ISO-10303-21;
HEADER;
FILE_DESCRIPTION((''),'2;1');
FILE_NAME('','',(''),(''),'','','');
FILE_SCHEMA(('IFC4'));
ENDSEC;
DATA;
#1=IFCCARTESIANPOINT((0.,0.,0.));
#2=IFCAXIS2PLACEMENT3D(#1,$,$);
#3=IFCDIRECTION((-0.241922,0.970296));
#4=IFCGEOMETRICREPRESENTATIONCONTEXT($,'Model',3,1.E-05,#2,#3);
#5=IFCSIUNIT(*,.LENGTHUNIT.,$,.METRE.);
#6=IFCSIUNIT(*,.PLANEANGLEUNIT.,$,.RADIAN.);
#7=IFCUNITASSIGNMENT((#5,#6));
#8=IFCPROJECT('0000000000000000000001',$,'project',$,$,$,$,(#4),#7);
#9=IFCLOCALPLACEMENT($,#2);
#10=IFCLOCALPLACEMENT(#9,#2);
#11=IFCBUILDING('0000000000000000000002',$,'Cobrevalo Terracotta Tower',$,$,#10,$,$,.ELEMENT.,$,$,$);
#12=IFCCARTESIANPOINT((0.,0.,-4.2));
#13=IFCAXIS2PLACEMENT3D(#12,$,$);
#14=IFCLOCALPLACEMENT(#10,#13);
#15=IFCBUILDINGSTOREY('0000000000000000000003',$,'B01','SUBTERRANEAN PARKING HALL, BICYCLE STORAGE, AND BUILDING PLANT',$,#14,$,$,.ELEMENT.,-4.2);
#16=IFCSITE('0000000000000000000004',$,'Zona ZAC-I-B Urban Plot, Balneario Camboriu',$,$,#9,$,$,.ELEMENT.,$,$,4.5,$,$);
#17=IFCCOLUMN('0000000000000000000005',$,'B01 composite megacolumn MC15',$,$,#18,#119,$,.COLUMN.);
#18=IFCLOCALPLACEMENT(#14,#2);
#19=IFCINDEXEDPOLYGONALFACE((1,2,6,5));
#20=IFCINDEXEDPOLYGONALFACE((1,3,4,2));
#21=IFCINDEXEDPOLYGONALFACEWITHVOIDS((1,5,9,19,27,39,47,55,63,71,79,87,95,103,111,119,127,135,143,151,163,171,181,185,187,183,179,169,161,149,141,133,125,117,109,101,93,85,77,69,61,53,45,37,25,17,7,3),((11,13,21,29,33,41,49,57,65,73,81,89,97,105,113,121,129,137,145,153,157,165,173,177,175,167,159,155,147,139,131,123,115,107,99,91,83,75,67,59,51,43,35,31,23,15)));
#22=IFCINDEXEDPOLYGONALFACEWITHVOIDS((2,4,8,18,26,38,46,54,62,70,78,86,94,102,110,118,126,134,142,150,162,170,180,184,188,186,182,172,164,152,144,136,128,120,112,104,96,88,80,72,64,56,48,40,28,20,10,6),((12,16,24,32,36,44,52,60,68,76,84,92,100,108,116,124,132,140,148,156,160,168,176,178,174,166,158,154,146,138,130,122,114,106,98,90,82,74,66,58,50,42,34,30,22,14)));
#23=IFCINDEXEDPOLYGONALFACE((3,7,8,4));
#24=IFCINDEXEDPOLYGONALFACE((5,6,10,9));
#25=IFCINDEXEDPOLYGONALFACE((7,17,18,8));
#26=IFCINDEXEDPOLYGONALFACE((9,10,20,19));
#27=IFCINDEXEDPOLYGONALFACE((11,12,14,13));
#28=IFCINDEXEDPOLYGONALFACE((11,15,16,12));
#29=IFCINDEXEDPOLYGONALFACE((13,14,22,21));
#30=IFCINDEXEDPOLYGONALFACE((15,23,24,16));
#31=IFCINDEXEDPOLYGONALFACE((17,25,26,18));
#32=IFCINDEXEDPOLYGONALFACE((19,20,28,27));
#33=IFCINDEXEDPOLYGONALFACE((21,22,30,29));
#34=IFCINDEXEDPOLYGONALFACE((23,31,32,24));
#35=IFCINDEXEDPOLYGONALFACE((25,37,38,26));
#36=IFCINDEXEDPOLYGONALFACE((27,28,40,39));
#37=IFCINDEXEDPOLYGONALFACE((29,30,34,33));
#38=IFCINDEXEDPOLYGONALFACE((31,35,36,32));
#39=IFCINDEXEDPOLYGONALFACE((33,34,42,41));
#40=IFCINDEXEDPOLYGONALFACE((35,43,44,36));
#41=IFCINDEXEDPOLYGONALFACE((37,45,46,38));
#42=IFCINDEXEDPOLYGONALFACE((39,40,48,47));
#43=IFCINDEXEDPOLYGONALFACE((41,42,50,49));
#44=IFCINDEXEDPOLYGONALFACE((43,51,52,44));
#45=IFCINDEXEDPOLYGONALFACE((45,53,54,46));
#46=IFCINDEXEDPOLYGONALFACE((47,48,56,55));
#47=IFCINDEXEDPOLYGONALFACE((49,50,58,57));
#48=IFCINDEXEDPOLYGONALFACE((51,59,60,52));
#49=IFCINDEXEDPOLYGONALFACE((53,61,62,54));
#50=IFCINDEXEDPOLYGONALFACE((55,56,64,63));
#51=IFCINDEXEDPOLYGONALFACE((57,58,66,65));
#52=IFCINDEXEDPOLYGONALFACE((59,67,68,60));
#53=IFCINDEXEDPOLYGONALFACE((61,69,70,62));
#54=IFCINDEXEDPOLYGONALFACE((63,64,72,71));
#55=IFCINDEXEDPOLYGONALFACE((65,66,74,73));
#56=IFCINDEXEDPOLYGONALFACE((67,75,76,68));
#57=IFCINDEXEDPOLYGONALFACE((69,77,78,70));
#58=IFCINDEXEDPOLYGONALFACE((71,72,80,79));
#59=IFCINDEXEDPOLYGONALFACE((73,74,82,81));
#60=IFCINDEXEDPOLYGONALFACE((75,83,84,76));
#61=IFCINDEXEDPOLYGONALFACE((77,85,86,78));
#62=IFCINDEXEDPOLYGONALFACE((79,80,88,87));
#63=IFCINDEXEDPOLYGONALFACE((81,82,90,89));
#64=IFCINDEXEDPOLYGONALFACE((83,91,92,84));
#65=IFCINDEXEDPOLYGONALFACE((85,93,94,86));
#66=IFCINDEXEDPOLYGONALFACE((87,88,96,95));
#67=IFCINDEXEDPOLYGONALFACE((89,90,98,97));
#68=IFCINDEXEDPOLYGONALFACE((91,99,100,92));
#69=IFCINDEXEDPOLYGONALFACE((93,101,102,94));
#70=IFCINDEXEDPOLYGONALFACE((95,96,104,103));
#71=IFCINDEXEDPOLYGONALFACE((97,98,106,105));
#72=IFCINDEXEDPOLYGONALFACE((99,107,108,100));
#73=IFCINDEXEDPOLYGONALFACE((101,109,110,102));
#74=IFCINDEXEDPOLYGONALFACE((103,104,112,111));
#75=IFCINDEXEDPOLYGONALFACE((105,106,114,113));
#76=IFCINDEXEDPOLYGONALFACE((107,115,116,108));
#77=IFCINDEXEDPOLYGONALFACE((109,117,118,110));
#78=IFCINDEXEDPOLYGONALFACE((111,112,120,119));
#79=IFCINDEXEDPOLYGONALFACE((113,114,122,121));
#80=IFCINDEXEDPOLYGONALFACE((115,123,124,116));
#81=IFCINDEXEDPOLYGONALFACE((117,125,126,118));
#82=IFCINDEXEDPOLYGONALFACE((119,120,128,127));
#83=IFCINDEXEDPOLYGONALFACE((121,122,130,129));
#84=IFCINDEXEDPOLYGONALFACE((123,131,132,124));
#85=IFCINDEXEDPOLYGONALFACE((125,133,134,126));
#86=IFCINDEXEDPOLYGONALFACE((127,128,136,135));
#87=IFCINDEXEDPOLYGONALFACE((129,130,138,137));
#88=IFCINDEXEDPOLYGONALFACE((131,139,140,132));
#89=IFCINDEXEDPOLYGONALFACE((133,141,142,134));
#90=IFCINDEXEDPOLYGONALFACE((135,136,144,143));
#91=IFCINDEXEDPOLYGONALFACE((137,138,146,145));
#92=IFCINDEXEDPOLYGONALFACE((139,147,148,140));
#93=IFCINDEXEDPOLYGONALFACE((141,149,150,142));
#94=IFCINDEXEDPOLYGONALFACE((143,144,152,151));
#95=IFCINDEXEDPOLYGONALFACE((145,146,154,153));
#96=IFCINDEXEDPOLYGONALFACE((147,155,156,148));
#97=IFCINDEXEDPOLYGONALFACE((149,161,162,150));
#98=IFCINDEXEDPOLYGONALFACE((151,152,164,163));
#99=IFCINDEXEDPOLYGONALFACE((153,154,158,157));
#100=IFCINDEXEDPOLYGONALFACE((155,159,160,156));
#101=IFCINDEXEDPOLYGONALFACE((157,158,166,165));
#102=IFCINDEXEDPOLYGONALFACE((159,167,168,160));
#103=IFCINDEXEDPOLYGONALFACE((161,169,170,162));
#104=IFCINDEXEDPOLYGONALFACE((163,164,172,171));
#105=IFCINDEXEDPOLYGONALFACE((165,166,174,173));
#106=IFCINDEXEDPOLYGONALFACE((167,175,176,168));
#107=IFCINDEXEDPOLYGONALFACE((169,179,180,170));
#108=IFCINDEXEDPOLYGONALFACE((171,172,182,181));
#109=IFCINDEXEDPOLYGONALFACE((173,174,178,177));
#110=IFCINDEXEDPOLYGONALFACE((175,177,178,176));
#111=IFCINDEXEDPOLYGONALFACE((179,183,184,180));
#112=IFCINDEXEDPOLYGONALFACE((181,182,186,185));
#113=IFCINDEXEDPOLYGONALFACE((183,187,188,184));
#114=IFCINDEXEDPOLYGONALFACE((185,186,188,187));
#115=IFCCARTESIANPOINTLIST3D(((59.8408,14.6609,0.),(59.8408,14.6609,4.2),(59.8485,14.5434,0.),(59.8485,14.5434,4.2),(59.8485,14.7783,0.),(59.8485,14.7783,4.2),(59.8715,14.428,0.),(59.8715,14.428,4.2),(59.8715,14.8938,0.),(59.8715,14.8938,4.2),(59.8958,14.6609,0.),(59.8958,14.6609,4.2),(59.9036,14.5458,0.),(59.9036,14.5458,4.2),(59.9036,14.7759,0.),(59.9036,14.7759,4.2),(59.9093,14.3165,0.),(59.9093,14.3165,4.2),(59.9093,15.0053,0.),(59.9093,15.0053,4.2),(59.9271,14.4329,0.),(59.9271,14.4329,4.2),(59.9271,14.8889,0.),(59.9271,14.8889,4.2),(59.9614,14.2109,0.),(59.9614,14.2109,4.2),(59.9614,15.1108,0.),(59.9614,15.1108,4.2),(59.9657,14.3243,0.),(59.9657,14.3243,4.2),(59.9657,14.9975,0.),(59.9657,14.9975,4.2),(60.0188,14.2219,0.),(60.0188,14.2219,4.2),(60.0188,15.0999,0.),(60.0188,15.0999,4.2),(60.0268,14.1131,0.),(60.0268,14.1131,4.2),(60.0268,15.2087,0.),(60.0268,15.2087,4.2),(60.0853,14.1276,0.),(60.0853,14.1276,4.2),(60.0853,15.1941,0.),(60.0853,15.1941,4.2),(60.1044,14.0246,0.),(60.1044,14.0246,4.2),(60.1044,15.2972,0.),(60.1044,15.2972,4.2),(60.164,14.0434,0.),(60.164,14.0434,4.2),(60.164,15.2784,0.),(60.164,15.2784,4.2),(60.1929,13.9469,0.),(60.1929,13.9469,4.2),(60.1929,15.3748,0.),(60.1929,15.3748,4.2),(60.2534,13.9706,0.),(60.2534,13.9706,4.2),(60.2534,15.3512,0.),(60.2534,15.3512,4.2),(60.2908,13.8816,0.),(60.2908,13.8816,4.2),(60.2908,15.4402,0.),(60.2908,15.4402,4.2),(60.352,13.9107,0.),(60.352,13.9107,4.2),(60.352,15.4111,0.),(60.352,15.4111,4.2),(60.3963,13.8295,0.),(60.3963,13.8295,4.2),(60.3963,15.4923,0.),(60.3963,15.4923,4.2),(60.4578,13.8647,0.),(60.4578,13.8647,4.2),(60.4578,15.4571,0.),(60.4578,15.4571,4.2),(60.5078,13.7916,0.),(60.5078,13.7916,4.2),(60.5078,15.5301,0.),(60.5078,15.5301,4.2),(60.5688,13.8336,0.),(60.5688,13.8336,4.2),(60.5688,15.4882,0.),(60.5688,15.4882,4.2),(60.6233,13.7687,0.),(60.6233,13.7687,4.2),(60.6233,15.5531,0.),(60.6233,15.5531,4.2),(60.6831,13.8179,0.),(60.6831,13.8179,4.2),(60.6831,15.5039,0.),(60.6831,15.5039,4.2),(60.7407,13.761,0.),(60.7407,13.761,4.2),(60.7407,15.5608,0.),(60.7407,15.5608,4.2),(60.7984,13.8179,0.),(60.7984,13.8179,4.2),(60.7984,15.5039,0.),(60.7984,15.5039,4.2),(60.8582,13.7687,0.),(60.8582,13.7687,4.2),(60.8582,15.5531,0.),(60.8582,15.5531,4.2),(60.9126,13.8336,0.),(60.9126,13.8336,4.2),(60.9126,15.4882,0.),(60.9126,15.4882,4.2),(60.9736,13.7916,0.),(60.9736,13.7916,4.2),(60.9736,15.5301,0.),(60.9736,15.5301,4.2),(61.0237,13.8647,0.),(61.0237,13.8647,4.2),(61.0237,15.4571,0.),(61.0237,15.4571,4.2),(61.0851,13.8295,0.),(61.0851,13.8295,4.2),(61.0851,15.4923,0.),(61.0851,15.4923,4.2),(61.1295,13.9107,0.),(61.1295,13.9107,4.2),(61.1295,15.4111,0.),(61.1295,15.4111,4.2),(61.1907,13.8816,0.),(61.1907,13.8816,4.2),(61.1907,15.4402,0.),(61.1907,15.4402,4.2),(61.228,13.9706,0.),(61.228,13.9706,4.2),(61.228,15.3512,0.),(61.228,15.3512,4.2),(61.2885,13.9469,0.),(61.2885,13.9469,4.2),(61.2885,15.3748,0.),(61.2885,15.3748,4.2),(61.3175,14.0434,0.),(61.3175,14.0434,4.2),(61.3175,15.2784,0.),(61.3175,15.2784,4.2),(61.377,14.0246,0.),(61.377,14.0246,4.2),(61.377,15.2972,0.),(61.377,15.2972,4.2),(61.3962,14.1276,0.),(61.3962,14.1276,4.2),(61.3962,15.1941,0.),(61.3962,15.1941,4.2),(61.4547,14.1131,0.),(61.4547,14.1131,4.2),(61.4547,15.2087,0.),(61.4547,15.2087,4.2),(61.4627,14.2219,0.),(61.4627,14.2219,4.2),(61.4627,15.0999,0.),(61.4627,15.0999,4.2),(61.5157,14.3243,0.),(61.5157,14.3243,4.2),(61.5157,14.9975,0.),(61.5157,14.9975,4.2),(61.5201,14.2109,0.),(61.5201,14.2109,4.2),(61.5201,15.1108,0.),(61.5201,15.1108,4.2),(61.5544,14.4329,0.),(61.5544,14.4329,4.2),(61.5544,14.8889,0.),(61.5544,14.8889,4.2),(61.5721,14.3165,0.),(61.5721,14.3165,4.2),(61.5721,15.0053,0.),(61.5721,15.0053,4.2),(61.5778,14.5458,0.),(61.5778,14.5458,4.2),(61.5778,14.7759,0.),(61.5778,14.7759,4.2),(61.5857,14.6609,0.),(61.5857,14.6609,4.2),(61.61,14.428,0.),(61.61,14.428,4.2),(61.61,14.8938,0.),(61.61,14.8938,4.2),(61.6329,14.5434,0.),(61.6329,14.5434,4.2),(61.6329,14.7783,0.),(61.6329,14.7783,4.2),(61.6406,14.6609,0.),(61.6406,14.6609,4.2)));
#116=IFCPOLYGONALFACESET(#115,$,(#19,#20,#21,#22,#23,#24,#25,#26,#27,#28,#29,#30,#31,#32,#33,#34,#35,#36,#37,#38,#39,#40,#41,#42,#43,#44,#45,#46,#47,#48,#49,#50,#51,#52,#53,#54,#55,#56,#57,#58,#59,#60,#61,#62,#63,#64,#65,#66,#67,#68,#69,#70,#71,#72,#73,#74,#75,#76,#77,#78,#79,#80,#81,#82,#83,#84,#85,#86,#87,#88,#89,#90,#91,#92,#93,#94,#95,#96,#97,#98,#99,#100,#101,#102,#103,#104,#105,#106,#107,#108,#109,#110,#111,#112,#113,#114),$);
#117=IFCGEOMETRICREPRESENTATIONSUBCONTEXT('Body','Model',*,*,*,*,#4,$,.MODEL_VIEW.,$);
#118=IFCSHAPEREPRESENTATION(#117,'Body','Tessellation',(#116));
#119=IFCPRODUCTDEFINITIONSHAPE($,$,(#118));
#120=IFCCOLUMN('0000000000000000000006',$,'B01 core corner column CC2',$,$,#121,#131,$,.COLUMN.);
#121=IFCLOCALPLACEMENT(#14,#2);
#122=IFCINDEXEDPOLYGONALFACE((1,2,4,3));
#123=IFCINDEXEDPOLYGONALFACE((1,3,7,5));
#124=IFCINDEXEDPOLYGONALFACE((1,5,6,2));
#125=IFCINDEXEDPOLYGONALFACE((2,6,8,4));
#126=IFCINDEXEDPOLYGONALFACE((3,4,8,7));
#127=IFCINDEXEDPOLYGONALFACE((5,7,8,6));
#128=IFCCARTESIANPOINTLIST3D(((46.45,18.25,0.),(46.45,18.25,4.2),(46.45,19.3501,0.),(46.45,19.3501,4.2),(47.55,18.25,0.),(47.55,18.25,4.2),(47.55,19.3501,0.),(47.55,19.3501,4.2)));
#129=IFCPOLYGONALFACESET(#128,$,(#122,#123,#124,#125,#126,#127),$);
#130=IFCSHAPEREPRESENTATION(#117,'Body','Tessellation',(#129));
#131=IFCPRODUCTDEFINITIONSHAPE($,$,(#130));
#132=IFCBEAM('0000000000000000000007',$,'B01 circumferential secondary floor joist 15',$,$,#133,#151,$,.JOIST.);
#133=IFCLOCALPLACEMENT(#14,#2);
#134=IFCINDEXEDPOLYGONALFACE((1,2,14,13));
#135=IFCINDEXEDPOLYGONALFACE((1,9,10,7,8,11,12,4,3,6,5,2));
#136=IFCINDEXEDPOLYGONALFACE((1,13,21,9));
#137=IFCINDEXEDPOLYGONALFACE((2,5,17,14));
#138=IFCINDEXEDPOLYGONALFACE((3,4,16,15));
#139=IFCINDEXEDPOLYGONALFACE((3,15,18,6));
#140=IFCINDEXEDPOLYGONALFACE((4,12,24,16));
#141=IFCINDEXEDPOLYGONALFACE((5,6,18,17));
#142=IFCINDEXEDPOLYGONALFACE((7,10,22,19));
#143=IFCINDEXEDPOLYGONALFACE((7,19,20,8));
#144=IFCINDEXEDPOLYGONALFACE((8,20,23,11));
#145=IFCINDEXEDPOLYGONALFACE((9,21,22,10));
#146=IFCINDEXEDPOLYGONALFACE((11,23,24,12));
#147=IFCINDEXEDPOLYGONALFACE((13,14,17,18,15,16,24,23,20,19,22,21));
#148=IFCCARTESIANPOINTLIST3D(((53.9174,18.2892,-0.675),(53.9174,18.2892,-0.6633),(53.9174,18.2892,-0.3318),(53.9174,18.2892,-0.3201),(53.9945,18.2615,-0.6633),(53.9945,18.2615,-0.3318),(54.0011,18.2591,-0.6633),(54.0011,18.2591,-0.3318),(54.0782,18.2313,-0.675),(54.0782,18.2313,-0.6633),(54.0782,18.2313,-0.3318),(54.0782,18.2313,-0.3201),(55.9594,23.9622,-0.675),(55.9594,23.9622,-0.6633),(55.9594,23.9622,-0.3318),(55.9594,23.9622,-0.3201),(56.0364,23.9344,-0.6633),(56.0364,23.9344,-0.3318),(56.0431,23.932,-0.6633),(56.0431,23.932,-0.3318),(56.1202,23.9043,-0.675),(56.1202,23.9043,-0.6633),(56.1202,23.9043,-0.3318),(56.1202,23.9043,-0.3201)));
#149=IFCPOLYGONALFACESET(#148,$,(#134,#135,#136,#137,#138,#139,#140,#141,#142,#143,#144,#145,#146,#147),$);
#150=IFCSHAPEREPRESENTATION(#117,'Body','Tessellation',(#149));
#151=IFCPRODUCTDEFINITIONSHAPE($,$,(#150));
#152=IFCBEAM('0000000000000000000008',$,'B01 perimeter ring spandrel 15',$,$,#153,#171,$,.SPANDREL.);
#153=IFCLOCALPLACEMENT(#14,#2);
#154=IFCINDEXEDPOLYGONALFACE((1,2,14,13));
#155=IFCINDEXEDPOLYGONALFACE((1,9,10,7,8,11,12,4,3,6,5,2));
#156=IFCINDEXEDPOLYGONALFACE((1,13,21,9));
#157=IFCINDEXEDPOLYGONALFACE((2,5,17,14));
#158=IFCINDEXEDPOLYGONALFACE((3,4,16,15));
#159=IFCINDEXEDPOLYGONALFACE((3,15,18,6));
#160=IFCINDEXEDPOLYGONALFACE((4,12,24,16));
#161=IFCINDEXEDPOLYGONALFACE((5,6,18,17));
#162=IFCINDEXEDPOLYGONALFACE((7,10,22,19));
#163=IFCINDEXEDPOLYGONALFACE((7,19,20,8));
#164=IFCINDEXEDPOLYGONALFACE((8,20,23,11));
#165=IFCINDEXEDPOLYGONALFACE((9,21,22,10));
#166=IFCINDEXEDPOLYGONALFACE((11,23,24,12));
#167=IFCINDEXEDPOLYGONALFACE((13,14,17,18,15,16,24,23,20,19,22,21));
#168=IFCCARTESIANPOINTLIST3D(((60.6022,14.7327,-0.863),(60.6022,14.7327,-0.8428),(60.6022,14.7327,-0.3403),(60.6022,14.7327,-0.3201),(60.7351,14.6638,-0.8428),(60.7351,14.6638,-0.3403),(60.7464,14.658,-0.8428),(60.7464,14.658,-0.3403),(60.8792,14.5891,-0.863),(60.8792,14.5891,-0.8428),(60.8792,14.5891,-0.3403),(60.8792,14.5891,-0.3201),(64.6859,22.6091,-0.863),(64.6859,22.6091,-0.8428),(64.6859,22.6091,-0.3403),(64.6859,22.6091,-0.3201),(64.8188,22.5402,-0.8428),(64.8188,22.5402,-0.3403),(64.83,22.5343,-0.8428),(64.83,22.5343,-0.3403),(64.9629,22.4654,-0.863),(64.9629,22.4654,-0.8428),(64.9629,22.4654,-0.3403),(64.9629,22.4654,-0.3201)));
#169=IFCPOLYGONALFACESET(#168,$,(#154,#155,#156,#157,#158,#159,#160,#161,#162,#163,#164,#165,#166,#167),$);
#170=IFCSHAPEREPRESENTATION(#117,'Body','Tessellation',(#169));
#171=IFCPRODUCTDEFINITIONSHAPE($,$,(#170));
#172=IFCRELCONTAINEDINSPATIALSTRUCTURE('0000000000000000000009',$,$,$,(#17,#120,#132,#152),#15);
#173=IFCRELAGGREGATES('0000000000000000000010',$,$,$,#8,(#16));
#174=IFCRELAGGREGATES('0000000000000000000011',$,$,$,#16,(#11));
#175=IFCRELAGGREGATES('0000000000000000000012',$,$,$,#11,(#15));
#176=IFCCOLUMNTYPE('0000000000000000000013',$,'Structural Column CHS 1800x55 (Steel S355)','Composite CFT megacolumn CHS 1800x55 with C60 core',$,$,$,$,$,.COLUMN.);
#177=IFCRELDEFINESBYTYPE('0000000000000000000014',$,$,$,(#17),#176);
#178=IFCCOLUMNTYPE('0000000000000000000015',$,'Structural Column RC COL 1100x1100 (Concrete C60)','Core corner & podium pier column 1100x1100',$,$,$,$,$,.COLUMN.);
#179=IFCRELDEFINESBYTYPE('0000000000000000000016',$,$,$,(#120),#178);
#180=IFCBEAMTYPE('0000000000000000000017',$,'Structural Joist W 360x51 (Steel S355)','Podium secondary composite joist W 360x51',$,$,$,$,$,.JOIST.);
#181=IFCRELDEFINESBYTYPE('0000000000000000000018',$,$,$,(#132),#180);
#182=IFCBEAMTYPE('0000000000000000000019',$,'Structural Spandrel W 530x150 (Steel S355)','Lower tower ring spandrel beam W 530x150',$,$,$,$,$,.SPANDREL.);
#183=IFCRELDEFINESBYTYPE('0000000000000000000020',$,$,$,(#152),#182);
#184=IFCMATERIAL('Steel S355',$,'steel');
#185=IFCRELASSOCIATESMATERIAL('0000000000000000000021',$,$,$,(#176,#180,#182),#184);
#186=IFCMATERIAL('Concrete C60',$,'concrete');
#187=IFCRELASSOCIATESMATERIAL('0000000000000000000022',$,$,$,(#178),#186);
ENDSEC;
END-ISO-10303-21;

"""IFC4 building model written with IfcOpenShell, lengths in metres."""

from ifc_helpers import new_model, si_unit, direction, frame, origin, origin_2d, place, context, subcontext, project, spatial, rectangle, hollow_circle, i_section, extrude, material, material_profile, profile_set, type_object, element, save


model = new_model("IFC4")

# Units and contexts
model_context = context("Model", 3, precision=1e-05, world=origin(), true_north=direction((-0.241922, 0.970296)))
body_context = subcontext(model_context, "Body", "Model", "MODEL_VIEW")
ifc_project = project(units=[si_unit("LENGTHUNIT", "METRE"), si_unit("PLANEANGLEUNIT", "RADIAN")], contexts=[model_context])

# Site, building, storey
site_placement = place(None, origin())
site = spatial("IfcSite", under=ifc_project, at=site_placement, Name="Zona ZAC-I-B Urban Plot, Balneario Camboriu", CompositionType="ELEMENT", RefElevation=4.5)
building_placement = place(site_placement, origin())
building = spatial("IfcBuilding", under=site, at=building_placement, Name="Cobrevalo Terracotta Tower", CompositionType="ELEMENT")
storey_placement = place(building_placement, frame((0.0, 0.0, -4.2)))
storey = spatial("IfcBuildingStorey", under=building, at=storey_placement, Name="B01", Description="SUBTERRANEAN PARKING HALL, BICYCLE STORAGE, AND BUILDING PLANT", CompositionType="ELEMENT", Elevation=-4.2)

# Columns
ifc_material_1 = material(Name="Steel S355", Category="steel")
ifc_material_profile_1 = material_profile(ifc_material_1, hollow_circle(Radius=0.8999, WallThickness=0.0549, at=origin_2d()), Name="CHS 1800x55")
ifc_profile_set_1 = profile_set([ifc_material_profile_1], Name="Steel S355")
column_type_1 = type_object("IfcColumnType", Name="Structural Column CHS 1800x55 (Steel S355)", Description="Composite CFT megacolumn CHS 1800x55 with C60 core", PredefinedType="COLUMN", material=ifc_profile_set_1)
column_1_placement = place(storey_placement, frame((60.7407, 14.6609, 0.0), z_axis=(0.0, 0.0, 1.0), x_axis=(1.0, 0.0, 0.0)))
element("IfcColumn", 1, at=column_1_placement, inside=storey, type_object=column_type_1, Name="B01 composite megacolumn MC15", PredefinedType="COLUMN", context=body_context, shape_type="SweptSolid", body=[
    extrude(hollow_circle(Radius=0.8999, WallThickness=0.0549, at=origin_2d()), origin(), (0.0, 0.0, 1.0), 4.2),
])
ifc_material_2 = material(Name="Concrete C60", Category="concrete")
ifc_material_profile_2 = material_profile(ifc_material_2, rectangle(XDim=1.1001, YDim=1.1001, at=origin_2d()), Name="RC COL 1100x1100")
ifc_profile_set_2 = profile_set([ifc_material_profile_2], Name="Concrete C60")
column_type_2 = type_object("IfcColumnType", Name="Structural Column RC COL 1100x1100 (Concrete C60)", Description="Core corner & podium pier column 1100x1100", PredefinedType="COLUMN", material=ifc_profile_set_2)
column_2_placement = place(storey_placement, frame((47.0, 18.8, 0.0), z_axis=(0.0, 0.0, 1.0), x_axis=(1.0, 0.0, 0.0)))
element("IfcColumn", 2, at=column_2_placement, inside=storey, type_object=column_type_2, Name="B01 core corner column CC2", PredefinedType="COLUMN", context=body_context, shape_type="SweptSolid", body=[
    extrude(rectangle(XDim=1.1001, YDim=1.1001, at=origin_2d()), origin(), (0.0, 0.0, 1.0), 4.2),
])

# Beams
ifc_material_profile_3 = material_profile(ifc_material_1, i_section(OverallWidth=0.1709, OverallDepth=0.355, WebThickness=0.0071, FlangeThickness=0.0117, at=origin_2d()), Name="W 360x51")
ifc_profile_set_3 = profile_set([ifc_material_profile_3], Name="Steel S355")
beam_type_1 = type_object("IfcBeamType", Name="Structural Joist W 360x51 (Steel S355)", Description="Podium secondary composite joist W 360x51", PredefinedType="JOIST", material=ifc_profile_set_3)
beam_1_placement = place(storey_placement, frame((53.9978, 18.2603, -0.4976), z_axis=(0.338672, 0.940904, 0.0), x_axis=(-0.940904, 0.338672, 0.0)))
element("IfcBeam", 3, at=beam_1_placement, inside=storey, type_object=beam_type_1, Name="B01 circumferential secondary floor joist 15", PredefinedType="JOIST", context=body_context, shape_type="SweptSolid", body=[
    extrude(i_section(OverallWidth=0.1709, OverallDepth=0.355, WebThickness=0.0071, FlangeThickness=0.0117, at=origin_2d()), origin(), (0.0, 0.0, 1.0), 6.0293),
])
ifc_material_profile_4 = material_profile(ifc_material_1, i_section(OverallWidth=0.312, OverallDepth=0.543, WebThickness=0.0127, FlangeThickness=0.0203, at=origin_2d()), Name="W 530x150")
ifc_profile_set_4 = profile_set([ifc_material_profile_4], Name="Steel S355")
beam_type_2 = type_object("IfcBeamType", Name="Structural Spandrel W 530x150 (Steel S355)", Description="Lower tower ring spandrel beam W 530x150", PredefinedType="SPANDREL", material=ifc_profile_set_4)
beam_2_placement = place(storey_placement, frame((60.7407, 14.6609, -0.5916), z_axis=(0.460286, 0.887771, 0.0), x_axis=(-0.887771, 0.460286, 0.0)))
element("IfcBeam", 4, at=beam_2_placement, inside=storey, type_object=beam_type_2, Name="B01 perimeter ring spandrel 15", PredefinedType="SPANDREL", context=body_context, shape_type="SweptSolid", body=[
    extrude(i_section(OverallWidth=0.312, OverallDepth=0.543, WebThickness=0.0127, FlangeThickness=0.0203, at=origin_2d()), origin(), (0.0, 0.0, 1.0), 8.8721),
])

save(model, "model.ifc")
